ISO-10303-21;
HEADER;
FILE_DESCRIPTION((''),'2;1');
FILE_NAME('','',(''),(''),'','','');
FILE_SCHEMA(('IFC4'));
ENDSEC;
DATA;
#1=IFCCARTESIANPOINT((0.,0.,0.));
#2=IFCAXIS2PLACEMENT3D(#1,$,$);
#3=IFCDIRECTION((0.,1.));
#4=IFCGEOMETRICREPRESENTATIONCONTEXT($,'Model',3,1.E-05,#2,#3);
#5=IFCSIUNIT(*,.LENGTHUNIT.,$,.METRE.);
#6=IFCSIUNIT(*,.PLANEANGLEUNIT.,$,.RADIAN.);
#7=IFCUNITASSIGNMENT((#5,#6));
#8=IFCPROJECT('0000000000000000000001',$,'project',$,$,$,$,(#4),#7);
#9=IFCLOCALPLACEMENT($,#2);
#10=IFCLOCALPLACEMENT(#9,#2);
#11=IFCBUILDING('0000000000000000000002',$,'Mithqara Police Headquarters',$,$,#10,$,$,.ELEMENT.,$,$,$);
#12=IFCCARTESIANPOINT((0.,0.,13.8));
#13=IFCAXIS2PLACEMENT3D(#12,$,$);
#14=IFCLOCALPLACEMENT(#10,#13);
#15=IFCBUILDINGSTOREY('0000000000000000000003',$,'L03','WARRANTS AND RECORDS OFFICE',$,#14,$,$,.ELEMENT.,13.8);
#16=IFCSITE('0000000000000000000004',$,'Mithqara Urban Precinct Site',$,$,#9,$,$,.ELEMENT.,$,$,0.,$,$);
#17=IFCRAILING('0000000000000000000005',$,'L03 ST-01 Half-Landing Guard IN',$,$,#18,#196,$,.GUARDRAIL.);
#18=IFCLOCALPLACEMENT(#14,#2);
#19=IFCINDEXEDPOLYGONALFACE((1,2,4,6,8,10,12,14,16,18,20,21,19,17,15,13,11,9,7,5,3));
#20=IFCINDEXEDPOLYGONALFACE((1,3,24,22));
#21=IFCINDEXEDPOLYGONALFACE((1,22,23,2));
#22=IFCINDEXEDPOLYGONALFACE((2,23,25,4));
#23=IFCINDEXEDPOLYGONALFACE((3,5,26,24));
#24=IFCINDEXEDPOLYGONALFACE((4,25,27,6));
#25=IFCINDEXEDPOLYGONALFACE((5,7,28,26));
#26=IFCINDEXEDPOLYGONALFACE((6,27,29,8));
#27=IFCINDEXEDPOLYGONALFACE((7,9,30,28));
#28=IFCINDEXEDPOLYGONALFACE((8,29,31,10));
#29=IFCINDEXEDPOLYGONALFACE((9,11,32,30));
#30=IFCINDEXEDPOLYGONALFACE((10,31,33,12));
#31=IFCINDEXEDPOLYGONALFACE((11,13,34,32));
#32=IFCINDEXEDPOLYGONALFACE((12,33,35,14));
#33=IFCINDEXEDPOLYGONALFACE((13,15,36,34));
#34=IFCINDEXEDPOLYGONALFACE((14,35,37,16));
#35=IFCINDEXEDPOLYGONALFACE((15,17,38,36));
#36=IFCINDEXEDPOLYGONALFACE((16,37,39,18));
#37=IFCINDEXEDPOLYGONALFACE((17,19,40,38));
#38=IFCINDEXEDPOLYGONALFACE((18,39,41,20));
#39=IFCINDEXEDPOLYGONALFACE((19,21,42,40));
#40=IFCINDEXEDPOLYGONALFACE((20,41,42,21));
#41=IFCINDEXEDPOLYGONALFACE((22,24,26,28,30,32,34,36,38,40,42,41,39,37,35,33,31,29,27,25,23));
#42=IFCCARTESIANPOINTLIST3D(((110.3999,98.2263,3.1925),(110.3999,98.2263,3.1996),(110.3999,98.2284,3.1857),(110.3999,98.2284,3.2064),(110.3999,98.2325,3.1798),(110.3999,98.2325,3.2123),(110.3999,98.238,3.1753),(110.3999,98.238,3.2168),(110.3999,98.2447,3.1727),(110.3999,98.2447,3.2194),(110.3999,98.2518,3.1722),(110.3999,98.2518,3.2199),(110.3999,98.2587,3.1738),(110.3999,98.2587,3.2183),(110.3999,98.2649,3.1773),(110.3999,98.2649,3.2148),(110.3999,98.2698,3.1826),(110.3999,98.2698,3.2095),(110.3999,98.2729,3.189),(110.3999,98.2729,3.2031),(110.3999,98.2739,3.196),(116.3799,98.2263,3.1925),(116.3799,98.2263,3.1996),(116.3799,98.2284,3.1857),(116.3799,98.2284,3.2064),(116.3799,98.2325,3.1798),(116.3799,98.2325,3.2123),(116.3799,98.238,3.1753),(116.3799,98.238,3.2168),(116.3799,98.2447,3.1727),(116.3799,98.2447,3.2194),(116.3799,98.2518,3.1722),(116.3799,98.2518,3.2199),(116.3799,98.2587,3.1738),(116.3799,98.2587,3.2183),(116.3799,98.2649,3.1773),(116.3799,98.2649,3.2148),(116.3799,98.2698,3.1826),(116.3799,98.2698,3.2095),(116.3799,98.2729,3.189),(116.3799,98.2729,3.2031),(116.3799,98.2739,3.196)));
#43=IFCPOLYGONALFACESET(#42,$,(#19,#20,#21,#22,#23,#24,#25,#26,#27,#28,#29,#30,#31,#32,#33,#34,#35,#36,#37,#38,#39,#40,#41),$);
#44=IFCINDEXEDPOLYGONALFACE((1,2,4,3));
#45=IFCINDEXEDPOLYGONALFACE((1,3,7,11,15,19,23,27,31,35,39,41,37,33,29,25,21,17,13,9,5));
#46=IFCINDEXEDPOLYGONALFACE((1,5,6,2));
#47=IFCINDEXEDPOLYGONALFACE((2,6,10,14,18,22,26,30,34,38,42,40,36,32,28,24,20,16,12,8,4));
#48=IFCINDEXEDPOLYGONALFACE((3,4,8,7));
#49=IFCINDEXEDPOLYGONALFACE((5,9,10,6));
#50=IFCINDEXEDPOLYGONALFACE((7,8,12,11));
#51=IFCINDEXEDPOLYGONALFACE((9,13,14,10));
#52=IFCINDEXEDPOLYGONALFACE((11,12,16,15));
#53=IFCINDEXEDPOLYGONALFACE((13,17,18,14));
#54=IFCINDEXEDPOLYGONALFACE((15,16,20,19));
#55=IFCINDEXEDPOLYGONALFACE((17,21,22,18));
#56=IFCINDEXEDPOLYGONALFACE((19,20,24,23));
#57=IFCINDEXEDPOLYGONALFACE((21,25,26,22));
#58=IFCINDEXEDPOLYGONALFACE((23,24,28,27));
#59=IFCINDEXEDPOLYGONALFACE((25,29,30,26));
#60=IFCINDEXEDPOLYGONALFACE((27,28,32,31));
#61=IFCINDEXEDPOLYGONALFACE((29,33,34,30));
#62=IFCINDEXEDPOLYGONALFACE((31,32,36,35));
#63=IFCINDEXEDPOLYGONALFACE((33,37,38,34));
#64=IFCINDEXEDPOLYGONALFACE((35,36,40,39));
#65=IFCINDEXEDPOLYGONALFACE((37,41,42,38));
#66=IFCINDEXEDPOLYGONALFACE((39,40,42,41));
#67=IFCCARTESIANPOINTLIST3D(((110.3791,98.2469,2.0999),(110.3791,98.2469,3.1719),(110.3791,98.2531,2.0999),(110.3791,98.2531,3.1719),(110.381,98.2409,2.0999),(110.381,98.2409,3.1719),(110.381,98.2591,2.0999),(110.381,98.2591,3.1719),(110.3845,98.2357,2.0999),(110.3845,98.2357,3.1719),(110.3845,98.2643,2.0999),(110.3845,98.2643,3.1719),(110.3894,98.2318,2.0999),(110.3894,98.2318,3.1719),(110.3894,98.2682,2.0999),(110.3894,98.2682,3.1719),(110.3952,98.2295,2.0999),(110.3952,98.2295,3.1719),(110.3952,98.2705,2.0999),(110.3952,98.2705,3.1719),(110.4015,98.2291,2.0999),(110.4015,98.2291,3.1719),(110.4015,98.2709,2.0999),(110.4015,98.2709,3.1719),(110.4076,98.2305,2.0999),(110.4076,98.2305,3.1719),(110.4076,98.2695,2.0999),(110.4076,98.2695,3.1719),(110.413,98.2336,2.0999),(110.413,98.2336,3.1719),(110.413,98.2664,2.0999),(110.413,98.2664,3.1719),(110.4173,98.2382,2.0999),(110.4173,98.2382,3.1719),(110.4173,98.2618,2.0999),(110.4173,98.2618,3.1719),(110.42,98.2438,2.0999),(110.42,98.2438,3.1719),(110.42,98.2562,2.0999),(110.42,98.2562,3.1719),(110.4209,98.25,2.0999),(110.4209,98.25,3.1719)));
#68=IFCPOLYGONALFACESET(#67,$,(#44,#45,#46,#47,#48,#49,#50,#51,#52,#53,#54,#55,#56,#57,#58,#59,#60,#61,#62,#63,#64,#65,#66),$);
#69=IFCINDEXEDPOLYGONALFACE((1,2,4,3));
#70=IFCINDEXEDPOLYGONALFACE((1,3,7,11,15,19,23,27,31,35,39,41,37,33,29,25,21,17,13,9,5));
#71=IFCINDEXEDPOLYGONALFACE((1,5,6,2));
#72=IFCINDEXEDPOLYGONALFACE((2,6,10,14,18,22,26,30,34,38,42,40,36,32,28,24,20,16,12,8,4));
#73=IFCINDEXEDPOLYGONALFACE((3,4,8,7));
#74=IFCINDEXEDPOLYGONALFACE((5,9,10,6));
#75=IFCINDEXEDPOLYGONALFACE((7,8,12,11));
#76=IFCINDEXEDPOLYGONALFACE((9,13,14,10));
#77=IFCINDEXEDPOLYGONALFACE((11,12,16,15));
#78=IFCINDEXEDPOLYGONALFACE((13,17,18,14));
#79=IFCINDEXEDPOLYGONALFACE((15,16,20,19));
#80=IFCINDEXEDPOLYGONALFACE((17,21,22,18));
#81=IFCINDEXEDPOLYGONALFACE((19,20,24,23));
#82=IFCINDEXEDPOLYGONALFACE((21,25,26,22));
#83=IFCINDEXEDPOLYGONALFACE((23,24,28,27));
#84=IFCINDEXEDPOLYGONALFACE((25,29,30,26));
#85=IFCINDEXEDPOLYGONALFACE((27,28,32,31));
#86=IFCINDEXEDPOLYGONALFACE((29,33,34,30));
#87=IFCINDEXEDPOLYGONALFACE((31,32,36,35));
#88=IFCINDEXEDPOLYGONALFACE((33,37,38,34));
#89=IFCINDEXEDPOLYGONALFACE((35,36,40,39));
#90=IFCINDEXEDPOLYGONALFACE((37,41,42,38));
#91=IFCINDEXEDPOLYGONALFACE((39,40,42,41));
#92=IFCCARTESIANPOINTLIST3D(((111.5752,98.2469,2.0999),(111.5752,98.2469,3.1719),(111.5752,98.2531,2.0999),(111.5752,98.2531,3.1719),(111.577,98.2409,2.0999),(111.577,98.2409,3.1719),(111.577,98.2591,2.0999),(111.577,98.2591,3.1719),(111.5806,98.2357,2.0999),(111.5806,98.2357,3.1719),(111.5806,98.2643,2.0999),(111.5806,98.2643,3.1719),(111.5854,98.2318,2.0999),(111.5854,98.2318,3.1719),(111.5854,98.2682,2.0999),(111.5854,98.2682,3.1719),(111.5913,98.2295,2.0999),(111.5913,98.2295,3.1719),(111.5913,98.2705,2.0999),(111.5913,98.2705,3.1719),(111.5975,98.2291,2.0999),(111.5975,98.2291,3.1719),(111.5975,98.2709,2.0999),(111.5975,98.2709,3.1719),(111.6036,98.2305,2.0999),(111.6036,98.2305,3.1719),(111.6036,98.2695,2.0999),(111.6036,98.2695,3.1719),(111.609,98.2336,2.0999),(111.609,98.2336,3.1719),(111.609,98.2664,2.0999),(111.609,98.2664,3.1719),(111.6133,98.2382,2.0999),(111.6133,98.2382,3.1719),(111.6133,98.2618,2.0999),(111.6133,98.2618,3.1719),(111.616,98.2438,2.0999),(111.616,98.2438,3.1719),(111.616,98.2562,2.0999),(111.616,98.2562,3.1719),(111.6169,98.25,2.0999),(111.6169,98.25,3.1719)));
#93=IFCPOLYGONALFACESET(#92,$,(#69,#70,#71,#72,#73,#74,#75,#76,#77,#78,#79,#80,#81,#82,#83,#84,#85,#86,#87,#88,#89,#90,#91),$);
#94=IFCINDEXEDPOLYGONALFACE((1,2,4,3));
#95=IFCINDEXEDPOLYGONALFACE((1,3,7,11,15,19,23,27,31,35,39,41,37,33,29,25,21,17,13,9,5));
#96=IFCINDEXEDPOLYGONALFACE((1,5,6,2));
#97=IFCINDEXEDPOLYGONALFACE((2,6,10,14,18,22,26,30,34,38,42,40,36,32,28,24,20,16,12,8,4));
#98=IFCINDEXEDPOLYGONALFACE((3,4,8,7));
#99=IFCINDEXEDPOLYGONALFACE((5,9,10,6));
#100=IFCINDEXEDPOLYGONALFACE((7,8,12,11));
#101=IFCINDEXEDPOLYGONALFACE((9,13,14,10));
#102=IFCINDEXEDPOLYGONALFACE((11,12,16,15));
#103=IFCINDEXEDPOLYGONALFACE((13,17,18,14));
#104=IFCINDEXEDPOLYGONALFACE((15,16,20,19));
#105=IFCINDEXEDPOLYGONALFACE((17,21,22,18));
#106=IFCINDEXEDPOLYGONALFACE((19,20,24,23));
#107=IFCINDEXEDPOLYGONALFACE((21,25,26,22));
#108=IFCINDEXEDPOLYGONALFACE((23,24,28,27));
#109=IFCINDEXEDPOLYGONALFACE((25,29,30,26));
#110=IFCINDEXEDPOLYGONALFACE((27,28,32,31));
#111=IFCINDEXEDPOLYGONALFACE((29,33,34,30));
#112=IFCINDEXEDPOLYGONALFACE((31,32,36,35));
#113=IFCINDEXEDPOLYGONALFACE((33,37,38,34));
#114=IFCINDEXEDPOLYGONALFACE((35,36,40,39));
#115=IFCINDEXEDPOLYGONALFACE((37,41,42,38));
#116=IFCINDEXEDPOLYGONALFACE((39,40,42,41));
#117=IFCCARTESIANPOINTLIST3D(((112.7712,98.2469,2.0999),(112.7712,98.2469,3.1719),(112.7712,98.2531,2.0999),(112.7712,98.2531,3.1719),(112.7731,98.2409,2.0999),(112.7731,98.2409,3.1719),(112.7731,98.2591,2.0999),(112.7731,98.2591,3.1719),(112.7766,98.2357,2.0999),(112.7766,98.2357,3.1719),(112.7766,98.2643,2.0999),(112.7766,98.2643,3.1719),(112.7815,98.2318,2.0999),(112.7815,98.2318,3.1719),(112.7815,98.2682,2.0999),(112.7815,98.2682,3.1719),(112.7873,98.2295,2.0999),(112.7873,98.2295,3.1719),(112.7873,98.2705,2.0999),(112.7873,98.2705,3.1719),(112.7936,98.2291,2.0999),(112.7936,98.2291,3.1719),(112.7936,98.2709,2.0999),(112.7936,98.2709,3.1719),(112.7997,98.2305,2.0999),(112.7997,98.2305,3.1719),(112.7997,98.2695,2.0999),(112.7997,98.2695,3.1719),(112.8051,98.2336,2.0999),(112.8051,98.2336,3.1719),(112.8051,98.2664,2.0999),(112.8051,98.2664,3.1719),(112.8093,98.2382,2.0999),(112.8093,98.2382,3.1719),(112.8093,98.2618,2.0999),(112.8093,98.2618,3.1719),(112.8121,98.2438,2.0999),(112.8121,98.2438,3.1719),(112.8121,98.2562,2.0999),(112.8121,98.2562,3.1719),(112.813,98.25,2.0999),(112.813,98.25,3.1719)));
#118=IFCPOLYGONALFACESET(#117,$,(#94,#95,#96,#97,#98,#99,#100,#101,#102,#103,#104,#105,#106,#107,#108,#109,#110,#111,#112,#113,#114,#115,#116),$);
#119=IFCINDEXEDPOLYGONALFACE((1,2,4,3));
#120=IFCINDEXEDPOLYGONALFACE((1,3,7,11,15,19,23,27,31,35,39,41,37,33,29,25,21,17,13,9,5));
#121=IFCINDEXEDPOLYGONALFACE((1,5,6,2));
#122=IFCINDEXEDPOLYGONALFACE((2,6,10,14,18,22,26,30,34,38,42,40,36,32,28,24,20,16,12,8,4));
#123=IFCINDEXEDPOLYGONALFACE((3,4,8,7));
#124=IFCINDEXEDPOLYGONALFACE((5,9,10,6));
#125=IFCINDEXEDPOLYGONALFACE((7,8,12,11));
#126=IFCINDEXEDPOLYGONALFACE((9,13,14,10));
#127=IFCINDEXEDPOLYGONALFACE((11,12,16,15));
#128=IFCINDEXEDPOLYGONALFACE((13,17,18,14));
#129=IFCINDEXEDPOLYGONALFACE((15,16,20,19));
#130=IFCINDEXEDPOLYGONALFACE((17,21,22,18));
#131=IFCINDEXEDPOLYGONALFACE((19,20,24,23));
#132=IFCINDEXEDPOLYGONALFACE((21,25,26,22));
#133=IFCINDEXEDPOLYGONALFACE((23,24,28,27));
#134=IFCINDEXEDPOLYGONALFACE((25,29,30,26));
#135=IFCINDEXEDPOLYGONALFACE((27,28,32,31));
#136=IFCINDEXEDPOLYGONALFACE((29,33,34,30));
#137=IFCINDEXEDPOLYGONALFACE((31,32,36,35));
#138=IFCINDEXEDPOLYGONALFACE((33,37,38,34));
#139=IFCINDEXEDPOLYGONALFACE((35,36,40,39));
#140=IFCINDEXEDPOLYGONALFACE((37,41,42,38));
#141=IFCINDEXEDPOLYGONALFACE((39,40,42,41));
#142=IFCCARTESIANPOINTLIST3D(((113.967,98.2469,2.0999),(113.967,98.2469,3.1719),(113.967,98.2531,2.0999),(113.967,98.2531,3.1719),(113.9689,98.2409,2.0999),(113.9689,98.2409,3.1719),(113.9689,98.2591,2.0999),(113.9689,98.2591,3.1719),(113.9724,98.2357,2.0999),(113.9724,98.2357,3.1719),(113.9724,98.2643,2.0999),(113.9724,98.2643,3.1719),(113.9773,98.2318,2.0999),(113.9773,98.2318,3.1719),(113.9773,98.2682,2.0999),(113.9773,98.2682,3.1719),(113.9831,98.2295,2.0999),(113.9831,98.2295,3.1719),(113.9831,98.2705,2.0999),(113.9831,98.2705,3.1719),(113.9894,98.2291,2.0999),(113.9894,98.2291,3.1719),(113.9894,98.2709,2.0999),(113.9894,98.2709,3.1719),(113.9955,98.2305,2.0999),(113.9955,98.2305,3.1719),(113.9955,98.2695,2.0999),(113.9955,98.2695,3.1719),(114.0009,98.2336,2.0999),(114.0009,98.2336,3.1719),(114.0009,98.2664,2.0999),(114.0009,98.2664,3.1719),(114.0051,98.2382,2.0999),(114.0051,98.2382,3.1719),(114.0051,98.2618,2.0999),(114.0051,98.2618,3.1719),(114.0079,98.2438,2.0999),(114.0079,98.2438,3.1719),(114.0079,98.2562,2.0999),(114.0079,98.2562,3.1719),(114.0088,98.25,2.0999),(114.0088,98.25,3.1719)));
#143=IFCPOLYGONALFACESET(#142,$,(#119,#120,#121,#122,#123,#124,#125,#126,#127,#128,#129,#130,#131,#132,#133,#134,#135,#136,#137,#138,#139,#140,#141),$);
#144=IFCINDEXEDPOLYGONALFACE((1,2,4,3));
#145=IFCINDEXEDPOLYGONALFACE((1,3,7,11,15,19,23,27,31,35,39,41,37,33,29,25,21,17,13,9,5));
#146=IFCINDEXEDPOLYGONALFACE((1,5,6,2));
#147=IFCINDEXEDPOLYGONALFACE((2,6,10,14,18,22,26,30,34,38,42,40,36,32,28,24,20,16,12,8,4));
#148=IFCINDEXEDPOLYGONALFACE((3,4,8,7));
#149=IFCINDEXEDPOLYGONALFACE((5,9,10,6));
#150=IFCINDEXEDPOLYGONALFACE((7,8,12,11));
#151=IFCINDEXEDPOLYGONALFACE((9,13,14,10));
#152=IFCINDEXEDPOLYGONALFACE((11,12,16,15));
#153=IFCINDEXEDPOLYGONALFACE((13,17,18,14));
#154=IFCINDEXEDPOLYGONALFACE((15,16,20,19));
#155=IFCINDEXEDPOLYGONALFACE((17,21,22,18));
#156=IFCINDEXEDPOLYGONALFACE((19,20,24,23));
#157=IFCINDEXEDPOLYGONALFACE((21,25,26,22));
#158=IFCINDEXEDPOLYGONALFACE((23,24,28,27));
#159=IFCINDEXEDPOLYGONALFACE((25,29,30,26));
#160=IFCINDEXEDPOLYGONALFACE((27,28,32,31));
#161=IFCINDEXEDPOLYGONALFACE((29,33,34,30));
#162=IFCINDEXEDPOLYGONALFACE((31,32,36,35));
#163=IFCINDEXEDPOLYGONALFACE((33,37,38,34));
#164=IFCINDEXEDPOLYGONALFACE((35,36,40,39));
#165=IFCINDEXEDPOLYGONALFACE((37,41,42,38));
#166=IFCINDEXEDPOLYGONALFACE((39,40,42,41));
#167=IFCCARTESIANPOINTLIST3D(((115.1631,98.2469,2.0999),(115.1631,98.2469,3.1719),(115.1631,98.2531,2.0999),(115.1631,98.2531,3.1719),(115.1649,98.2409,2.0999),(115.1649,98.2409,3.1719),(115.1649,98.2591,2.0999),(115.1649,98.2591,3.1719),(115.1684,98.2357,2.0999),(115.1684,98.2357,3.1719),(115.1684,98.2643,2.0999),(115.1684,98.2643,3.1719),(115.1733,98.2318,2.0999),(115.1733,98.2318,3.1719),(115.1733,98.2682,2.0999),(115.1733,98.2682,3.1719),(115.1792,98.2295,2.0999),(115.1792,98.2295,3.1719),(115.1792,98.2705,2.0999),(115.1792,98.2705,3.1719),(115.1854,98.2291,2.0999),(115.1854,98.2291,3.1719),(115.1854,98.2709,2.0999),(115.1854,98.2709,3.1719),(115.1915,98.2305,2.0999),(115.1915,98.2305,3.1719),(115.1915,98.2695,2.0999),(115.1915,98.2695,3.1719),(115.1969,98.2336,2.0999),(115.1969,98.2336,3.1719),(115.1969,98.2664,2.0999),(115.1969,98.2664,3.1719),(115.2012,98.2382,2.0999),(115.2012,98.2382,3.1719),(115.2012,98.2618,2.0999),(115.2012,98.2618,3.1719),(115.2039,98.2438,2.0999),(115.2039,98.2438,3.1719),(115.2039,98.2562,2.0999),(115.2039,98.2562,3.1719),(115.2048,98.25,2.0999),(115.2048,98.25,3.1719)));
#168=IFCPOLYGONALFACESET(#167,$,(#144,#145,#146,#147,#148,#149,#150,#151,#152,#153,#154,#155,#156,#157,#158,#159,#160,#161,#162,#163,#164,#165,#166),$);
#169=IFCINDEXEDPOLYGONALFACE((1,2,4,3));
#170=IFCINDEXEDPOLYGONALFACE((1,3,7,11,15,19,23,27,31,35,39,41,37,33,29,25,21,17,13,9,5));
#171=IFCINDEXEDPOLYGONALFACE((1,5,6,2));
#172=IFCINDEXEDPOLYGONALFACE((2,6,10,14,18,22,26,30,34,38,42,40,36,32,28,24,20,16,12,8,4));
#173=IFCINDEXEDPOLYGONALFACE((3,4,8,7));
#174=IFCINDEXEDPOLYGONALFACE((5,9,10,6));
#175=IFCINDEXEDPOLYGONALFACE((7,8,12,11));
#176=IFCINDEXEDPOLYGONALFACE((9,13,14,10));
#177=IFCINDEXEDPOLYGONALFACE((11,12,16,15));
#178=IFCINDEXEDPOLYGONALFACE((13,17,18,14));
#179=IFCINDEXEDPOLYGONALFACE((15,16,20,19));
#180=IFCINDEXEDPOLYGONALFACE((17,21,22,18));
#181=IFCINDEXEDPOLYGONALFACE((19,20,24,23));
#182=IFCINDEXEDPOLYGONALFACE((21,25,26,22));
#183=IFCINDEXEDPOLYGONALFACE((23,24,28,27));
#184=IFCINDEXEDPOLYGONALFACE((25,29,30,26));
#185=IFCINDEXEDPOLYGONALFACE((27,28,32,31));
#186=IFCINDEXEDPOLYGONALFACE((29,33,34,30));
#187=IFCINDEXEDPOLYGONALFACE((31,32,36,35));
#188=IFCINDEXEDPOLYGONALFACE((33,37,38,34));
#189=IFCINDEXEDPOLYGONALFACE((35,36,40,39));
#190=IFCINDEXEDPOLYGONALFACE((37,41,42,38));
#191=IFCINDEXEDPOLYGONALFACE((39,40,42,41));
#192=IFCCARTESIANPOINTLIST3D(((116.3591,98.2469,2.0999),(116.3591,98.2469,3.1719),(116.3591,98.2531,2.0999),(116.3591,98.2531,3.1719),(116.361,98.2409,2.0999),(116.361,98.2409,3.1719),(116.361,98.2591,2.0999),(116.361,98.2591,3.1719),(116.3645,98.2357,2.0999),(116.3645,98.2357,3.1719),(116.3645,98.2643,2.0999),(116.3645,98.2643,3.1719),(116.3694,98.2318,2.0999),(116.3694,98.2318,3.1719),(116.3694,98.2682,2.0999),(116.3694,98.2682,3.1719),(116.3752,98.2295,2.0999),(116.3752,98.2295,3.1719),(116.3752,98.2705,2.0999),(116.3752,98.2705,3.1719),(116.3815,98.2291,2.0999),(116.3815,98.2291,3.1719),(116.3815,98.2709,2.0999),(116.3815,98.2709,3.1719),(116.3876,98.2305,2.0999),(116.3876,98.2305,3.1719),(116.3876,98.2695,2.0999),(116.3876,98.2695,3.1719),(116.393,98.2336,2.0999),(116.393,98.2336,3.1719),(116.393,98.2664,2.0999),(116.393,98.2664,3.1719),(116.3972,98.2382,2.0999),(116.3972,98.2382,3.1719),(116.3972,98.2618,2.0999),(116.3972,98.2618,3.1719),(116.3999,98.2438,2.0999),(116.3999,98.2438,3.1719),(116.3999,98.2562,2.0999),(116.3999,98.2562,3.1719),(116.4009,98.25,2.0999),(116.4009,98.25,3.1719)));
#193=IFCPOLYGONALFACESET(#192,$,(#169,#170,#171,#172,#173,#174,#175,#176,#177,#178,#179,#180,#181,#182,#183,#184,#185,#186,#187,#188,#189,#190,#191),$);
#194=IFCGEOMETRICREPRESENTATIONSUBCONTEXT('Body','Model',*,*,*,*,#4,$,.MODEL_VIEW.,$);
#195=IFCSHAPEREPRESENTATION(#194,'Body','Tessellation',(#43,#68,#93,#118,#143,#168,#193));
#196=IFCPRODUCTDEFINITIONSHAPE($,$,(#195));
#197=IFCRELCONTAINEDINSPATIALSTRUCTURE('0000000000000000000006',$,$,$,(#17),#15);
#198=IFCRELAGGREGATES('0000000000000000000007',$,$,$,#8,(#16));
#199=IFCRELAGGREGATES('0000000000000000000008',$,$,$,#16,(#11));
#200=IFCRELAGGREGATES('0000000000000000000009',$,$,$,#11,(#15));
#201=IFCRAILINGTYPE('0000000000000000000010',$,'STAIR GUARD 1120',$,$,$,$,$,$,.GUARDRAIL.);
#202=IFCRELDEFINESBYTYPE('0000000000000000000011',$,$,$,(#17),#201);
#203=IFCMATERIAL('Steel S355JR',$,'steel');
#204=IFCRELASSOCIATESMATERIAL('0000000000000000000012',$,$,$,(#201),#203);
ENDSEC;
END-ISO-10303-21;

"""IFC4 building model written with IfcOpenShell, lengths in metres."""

from ifc_helpers import new_model, si_unit, direction, frame, origin, origin_2d, place, context, subcontext, project, spatial, circle, extrude, material, type_object, element, save


model = new_model("IFC4")

# Units and contexts
model_context = context("Model", 3, precision=1e-05, world=origin(), true_north=direction((0.0, 1.0)))
body_context = subcontext(model_context, "Body", "Model", "MODEL_VIEW")
ifc_project = project(units=[si_unit("LENGTHUNIT", "METRE"), si_unit("PLANEANGLEUNIT", "RADIAN")], contexts=[model_context])

# Site, building, storey
site_placement = place(None, origin())
site = spatial("IfcSite", under=ifc_project, at=site_placement, Name="Mithqara Urban Precinct Site", CompositionType="ELEMENT", RefElevation=0.0)
building_placement = place(site_placement, origin())
building = spatial("IfcBuilding", under=site, at=building_placement, Name="Mithqara Police Headquarters", CompositionType="ELEMENT")
storey_placement = place(building_placement, frame((0.0, 0.0, 13.8)))
storey = spatial("IfcBuildingStorey", under=building, at=storey_placement, Name="L03", Description="WARRANTS AND RECORDS OFFICE", CompositionType="ELEMENT", Elevation=13.8)

# Shared definitions
ifc_material_1 = material(Name="Steel S355JR", Category="steel")

# Railing
railing_type_1 = type_object("IfcRailingType", Name="STAIR GUARD 1120", PredefinedType="GUARDRAIL", material=ifc_material_1)
for number, where, name in (
    (1, (110.3999, 98.25, 2.0999), "L03 ST-01 Half-Landing Guard IN"),
):
    element("IfcRailing", number, at=place(storey_placement, frame(where)), inside=storey, type_object=railing_type_1, Name=name, PredefinedType="GUARDRAIL", context=body_context, shape_type="SweptSolid", body=[
        extrude(circle(Radius=0.0239, at=origin_2d()), frame((0.0, 0.0, 1.0962), z_axis=(1.0, 0.0, 0.0), x_axis=(0.0, 1.0, 0.0)), (0.0, 0.0, 1.0), 5.98),
        extrude(circle(Radius=0.021, at=origin_2d()), origin(), (0.0, 0.0, 1.0), 1.072),
        extrude(circle(Radius=0.021, at=origin_2d()), frame((1.196, 0.0, 0.0)), (0.0, 0.0, 1.0), 1.072),
        extrude(circle(Radius=0.021, at=origin_2d()), frame((2.3921, 0.0, 0.0)), (0.0, 0.0, 1.0), 1.072),
        extrude(circle(Radius=0.021, at=origin_2d()), frame((3.5879, 0.0, 0.0)), (0.0, 0.0, 1.0), 1.072),
        extrude(circle(Radius=0.021, at=origin_2d()), frame((4.7839, 0.0, 0.0)), (0.0, 0.0, 1.0), 1.072),
        extrude(circle(Radius=0.021, at=origin_2d()), frame((5.98, 0.0, 0.0)), (0.0, 0.0, 1.0), 1.072),
    ])

save(model, "model.ifc")
